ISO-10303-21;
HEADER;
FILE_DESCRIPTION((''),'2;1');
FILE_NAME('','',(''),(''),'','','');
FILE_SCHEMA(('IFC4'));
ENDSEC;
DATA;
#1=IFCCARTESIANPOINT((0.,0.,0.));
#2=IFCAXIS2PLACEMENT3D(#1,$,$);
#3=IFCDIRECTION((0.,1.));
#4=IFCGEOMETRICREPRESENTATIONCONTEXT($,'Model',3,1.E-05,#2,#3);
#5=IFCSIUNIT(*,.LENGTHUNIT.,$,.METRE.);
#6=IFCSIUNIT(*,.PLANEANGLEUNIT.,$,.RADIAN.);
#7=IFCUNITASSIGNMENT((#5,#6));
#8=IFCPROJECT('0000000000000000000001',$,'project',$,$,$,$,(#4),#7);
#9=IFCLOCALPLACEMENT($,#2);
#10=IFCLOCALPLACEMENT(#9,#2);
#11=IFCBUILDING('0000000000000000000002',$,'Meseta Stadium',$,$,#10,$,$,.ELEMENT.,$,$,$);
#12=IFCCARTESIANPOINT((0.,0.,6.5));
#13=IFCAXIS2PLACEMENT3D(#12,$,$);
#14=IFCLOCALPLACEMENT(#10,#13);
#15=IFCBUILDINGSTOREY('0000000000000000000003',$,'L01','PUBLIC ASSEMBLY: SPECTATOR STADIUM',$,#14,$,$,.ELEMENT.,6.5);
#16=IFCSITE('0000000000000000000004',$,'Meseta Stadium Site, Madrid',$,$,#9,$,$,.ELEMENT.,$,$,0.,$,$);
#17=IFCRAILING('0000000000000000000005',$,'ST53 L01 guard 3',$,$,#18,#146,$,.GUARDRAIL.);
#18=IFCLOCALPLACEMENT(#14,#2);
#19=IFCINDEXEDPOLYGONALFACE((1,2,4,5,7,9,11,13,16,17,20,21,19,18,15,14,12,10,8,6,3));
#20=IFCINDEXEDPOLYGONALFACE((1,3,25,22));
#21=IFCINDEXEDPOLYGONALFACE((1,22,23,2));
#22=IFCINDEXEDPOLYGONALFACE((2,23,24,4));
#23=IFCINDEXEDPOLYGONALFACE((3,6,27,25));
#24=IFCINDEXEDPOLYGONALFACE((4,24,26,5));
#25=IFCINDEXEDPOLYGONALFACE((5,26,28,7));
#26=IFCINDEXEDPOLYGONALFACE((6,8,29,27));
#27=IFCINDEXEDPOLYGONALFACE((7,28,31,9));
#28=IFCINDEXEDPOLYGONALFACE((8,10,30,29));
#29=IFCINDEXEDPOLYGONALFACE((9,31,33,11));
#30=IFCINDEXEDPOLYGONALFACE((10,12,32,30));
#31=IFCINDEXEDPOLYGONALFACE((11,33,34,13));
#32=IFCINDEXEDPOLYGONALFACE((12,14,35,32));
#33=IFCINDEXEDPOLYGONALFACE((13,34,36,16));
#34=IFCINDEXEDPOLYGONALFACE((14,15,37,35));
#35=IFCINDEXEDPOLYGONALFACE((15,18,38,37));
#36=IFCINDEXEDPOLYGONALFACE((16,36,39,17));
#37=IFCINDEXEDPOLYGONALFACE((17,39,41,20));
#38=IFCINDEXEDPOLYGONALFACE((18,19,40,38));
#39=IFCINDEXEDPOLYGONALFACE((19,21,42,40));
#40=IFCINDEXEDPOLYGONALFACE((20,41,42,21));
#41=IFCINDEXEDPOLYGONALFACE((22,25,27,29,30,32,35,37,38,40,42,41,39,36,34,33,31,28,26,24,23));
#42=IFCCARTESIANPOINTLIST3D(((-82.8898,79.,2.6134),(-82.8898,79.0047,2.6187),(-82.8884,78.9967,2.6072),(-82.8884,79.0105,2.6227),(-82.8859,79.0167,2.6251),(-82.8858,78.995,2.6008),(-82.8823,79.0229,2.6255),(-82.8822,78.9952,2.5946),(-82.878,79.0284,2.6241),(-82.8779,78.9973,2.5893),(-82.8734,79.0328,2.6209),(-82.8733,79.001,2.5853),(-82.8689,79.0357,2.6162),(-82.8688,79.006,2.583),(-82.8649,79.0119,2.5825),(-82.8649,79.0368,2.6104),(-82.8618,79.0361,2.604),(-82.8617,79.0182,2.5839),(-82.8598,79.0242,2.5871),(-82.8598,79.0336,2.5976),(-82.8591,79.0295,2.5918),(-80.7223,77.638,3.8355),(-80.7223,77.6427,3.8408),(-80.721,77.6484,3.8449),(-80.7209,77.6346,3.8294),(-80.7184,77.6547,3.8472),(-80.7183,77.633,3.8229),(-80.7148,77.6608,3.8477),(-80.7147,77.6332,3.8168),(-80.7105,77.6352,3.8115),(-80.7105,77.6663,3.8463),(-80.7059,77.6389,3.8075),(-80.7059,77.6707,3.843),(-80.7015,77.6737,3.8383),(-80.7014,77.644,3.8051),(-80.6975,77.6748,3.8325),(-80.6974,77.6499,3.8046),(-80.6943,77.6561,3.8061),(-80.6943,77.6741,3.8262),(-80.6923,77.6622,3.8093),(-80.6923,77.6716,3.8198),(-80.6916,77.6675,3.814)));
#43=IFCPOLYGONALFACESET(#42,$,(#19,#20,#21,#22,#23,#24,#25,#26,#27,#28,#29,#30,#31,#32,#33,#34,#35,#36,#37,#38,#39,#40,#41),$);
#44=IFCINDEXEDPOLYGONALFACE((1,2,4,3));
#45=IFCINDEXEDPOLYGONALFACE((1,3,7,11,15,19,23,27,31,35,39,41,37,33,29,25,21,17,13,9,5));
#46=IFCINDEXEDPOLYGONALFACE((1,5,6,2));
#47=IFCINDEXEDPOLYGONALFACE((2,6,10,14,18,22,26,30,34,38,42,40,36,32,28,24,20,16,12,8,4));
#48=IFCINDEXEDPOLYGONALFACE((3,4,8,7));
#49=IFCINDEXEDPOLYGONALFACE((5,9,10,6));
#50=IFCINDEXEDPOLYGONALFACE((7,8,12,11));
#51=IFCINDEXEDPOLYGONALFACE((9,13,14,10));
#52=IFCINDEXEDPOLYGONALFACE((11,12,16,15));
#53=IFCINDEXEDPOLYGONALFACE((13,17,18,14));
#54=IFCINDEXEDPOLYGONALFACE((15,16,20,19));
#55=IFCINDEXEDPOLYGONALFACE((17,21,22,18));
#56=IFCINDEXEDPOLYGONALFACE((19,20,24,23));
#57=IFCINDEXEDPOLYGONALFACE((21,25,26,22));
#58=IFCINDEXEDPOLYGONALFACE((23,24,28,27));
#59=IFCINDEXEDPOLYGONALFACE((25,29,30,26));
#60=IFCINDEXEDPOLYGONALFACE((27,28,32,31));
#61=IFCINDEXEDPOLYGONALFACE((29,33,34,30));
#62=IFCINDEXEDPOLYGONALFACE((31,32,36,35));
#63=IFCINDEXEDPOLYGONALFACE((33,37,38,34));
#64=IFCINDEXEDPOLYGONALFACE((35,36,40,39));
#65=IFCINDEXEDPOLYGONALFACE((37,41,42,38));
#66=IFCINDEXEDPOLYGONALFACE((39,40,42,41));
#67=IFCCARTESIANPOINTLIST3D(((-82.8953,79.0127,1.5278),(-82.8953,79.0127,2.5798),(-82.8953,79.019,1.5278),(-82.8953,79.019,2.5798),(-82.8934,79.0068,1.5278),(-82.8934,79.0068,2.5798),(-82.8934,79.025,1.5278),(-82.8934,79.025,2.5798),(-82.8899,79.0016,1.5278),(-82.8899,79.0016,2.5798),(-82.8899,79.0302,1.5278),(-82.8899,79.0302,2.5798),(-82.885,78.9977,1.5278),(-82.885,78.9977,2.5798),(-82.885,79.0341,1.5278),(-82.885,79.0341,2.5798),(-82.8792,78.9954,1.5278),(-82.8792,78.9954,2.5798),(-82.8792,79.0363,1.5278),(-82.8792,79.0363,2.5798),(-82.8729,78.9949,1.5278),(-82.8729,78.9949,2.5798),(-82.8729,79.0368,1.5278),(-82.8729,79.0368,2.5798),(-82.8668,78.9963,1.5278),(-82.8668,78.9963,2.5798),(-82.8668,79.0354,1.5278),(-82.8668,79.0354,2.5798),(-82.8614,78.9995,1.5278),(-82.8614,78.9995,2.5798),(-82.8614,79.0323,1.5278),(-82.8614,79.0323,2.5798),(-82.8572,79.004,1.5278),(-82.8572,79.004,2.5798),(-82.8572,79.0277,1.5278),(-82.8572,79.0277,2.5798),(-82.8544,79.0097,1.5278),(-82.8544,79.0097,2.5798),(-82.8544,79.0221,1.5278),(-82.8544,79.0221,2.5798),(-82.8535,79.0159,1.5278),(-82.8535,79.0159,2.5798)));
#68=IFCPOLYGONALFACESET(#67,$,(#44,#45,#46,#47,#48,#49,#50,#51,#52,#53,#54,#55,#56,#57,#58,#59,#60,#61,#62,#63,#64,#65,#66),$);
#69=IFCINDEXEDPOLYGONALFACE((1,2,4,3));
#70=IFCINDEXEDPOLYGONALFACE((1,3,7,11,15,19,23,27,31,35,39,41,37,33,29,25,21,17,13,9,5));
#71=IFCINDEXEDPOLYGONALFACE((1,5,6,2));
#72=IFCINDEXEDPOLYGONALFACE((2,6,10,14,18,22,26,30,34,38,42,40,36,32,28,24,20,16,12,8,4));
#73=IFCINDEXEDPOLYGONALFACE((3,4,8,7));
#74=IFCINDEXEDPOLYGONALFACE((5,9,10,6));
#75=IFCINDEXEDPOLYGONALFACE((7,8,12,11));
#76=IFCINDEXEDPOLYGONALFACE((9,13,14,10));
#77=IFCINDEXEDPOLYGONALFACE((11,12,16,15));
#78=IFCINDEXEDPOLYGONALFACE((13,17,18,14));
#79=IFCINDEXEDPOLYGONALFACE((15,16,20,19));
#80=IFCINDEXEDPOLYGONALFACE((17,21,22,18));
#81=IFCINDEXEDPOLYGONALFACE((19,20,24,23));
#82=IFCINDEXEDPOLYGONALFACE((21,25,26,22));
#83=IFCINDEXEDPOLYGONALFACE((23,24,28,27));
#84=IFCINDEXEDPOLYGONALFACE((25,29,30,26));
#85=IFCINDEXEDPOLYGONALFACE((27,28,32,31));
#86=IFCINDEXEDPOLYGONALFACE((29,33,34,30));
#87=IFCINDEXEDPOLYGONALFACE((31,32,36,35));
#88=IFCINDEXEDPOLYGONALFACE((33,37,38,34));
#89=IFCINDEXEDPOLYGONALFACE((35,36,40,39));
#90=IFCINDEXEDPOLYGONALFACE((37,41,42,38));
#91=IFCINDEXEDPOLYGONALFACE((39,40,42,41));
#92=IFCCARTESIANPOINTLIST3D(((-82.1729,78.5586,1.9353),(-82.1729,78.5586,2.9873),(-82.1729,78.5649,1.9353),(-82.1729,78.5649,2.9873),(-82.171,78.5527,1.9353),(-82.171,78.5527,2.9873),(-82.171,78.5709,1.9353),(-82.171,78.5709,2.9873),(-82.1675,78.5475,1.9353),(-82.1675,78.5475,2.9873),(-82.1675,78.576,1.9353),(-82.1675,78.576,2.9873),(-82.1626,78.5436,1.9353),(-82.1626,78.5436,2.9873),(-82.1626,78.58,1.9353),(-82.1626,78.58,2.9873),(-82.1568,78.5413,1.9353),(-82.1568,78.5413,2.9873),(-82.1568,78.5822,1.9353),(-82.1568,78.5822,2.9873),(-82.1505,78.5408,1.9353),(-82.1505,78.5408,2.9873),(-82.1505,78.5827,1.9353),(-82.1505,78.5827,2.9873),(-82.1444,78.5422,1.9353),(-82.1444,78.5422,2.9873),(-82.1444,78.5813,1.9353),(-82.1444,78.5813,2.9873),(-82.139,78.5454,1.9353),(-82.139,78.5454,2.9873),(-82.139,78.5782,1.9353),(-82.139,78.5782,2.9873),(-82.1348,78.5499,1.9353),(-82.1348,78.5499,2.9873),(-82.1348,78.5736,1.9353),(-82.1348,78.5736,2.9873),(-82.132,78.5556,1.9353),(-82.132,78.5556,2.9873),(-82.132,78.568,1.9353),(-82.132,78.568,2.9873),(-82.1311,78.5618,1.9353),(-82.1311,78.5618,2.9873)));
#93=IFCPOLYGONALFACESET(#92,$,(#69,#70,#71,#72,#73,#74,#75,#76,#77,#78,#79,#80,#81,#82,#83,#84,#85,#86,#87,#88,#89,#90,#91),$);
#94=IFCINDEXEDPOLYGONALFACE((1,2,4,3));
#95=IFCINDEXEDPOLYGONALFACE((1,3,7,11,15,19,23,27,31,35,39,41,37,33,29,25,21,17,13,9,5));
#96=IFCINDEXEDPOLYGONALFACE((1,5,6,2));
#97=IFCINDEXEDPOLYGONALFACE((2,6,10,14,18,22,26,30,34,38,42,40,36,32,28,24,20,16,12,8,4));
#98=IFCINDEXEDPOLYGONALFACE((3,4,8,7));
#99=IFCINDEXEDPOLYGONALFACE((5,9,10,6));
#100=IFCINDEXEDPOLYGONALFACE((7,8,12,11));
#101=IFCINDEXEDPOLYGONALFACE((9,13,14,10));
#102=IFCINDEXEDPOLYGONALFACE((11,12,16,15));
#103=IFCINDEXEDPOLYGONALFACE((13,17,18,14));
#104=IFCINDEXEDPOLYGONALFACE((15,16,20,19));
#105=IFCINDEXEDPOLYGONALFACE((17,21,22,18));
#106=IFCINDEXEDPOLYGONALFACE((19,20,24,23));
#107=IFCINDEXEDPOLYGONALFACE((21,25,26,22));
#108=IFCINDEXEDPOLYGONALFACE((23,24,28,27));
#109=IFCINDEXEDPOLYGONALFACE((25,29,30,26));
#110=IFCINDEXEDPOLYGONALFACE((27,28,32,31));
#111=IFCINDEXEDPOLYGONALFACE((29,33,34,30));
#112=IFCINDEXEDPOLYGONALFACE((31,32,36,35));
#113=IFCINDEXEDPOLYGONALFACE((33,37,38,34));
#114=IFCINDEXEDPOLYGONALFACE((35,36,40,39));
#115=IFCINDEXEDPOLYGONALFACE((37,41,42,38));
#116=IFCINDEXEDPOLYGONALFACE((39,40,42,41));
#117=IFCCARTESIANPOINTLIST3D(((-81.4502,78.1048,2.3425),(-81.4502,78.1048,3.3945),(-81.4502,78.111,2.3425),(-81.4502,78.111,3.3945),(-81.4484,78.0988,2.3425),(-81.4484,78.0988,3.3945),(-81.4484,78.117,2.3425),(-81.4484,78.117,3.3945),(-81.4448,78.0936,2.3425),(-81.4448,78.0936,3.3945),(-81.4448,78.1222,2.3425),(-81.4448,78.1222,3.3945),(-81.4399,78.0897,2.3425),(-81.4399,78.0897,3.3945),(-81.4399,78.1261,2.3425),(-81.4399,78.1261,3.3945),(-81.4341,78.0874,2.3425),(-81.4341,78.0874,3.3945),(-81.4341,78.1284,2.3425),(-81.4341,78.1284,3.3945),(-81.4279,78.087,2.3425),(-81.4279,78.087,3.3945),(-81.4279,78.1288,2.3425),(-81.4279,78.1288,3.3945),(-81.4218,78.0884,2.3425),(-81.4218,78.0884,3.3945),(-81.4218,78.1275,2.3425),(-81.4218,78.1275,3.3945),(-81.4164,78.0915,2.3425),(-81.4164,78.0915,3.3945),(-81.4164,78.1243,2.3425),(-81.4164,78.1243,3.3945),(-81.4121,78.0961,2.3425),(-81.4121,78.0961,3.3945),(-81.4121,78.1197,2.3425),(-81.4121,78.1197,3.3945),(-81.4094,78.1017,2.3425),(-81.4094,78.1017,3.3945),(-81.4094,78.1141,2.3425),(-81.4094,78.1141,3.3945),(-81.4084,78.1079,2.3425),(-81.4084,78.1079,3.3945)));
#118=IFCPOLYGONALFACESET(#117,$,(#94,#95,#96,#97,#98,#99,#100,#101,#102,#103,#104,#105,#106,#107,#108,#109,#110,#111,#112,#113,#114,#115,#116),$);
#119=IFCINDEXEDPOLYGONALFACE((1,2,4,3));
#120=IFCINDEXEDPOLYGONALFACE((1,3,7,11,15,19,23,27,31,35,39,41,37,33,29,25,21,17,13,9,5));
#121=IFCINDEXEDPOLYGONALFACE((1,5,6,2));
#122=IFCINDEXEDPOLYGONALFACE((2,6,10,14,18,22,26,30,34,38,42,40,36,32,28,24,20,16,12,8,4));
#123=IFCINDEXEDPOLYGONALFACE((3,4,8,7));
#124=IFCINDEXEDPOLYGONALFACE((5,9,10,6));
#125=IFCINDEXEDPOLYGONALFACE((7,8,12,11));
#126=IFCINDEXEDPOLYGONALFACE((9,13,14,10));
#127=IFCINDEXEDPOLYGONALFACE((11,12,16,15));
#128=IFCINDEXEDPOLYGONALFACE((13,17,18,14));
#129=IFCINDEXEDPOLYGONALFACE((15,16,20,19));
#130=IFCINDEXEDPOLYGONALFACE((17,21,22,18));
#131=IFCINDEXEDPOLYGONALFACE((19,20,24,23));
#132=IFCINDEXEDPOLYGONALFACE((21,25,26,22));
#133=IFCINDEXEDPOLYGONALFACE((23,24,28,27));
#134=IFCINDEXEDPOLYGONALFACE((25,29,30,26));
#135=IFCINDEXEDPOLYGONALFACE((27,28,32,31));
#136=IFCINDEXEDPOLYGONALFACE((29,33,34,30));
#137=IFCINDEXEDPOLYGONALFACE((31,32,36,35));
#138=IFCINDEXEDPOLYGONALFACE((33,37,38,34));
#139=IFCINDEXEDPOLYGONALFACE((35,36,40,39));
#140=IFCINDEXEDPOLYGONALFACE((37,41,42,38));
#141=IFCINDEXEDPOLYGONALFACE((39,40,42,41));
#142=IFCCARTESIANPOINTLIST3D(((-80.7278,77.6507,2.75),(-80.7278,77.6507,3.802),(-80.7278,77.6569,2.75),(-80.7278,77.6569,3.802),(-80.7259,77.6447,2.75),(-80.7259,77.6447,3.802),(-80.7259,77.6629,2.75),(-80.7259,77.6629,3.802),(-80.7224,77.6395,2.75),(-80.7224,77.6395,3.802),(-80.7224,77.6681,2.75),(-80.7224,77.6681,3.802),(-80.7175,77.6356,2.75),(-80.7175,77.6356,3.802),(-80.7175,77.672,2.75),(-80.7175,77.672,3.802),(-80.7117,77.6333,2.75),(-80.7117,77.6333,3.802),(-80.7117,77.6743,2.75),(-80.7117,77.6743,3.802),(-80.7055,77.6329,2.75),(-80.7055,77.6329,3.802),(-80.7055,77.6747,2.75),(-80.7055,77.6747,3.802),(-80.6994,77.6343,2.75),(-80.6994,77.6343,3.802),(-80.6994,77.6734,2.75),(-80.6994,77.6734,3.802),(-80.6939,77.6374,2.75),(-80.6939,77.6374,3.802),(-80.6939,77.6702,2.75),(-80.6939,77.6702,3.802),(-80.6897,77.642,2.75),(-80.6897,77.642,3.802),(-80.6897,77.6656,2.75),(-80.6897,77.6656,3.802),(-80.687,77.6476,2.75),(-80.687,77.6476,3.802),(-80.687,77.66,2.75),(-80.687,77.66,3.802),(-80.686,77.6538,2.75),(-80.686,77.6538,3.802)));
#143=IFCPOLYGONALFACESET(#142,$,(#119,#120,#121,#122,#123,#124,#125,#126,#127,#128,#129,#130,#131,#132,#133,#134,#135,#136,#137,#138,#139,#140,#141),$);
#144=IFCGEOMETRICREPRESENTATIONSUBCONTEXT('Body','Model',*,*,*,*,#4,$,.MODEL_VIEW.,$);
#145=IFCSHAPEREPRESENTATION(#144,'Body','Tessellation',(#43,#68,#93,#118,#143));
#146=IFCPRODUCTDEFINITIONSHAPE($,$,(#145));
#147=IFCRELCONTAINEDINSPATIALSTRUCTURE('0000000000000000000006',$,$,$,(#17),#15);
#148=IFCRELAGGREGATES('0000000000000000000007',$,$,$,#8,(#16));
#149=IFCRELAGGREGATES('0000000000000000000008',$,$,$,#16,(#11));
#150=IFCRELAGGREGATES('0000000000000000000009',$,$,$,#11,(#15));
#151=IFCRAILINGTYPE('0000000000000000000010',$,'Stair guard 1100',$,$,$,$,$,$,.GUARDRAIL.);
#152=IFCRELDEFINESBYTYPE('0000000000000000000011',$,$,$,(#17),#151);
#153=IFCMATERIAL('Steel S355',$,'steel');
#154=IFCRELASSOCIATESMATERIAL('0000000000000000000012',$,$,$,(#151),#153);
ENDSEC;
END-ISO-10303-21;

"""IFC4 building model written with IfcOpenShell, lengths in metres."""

from ifc_helpers import new_model, si_unit, direction, frame, origin, origin_2d, place, context, subcontext, project, spatial, circle, extrude, material, type_object, element, save


model = new_model("IFC4")

# Units and contexts
model_context = context("Model", 3, precision=1e-05, world=origin(), true_north=direction((0.0, 1.0)))
body_context = subcontext(model_context, "Body", "Model", "MODEL_VIEW")
ifc_project = project(units=[si_unit("LENGTHUNIT", "METRE"), si_unit("PLANEANGLEUNIT", "RADIAN")], contexts=[model_context])

# Site, building, storey
site_placement = place(None, origin())
site = spatial("IfcSite", under=ifc_project, at=site_placement, Name="Meseta Stadium Site, Madrid", CompositionType="ELEMENT", RefElevation=0.0)
building_placement = place(site_placement, origin())
building = spatial("IfcBuilding", under=site, at=building_placement, Name="Meseta Stadium", CompositionType="ELEMENT")
storey_placement = place(building_placement, frame((0.0, 0.0, 6.5)))
storey = spatial("IfcBuildingStorey", under=building, at=storey_placement, Name="L01", Description="PUBLIC ASSEMBLY: SPECTATOR STADIUM", CompositionType="ELEMENT", Elevation=6.5)

# Railing
ifc_material_1 = material(Name="Steel S355", Category="steel")
railing_type_1 = type_object("IfcRailingType", Name="Stair guard 1100", PredefinedType="GUARDRAIL", material=ifc_material_1)
railing_1_placement = place(storey_placement, frame((-82.8745, 79.0159, 1.5278)))
element("IfcRailing", 1, at=railing_1_placement, inside=storey, type_object=railing_type_1, Name="ST53 L01 guard 3", PredefinedType="GUARDRAIL", context=body_context, shape_type="SweptSolid", body=[
    extrude(circle(Radius=0.0239, at=origin_2d()), frame((0.0, 0.0, 1.0762), z_axis=(0.764085, -0.480156, 0.430841), x_axis=(0.532072, 0.846699, 0.0)), (0.0, 0.0, 1.0), 2.8367),
    extrude(circle(Radius=0.021, at=origin_2d()), origin(), (0.0, 0.0, 1.0), 1.052),
    extrude(circle(Radius=0.021, at=origin_2d()), frame((0.7224, -0.4541, 0.4075)), (0.0, 0.0, 1.0), 1.052),
    extrude(circle(Radius=0.021, at=origin_2d()), frame((1.4451, -0.908, 0.8147)), (0.0, 0.0, 1.0), 1.052),
    extrude(circle(Radius=0.021, at=origin_2d()), frame((2.1675, -1.3621, 1.2222)), (0.0, 0.0, 1.0), 1.052),
])

save(model, "model.ifc")
